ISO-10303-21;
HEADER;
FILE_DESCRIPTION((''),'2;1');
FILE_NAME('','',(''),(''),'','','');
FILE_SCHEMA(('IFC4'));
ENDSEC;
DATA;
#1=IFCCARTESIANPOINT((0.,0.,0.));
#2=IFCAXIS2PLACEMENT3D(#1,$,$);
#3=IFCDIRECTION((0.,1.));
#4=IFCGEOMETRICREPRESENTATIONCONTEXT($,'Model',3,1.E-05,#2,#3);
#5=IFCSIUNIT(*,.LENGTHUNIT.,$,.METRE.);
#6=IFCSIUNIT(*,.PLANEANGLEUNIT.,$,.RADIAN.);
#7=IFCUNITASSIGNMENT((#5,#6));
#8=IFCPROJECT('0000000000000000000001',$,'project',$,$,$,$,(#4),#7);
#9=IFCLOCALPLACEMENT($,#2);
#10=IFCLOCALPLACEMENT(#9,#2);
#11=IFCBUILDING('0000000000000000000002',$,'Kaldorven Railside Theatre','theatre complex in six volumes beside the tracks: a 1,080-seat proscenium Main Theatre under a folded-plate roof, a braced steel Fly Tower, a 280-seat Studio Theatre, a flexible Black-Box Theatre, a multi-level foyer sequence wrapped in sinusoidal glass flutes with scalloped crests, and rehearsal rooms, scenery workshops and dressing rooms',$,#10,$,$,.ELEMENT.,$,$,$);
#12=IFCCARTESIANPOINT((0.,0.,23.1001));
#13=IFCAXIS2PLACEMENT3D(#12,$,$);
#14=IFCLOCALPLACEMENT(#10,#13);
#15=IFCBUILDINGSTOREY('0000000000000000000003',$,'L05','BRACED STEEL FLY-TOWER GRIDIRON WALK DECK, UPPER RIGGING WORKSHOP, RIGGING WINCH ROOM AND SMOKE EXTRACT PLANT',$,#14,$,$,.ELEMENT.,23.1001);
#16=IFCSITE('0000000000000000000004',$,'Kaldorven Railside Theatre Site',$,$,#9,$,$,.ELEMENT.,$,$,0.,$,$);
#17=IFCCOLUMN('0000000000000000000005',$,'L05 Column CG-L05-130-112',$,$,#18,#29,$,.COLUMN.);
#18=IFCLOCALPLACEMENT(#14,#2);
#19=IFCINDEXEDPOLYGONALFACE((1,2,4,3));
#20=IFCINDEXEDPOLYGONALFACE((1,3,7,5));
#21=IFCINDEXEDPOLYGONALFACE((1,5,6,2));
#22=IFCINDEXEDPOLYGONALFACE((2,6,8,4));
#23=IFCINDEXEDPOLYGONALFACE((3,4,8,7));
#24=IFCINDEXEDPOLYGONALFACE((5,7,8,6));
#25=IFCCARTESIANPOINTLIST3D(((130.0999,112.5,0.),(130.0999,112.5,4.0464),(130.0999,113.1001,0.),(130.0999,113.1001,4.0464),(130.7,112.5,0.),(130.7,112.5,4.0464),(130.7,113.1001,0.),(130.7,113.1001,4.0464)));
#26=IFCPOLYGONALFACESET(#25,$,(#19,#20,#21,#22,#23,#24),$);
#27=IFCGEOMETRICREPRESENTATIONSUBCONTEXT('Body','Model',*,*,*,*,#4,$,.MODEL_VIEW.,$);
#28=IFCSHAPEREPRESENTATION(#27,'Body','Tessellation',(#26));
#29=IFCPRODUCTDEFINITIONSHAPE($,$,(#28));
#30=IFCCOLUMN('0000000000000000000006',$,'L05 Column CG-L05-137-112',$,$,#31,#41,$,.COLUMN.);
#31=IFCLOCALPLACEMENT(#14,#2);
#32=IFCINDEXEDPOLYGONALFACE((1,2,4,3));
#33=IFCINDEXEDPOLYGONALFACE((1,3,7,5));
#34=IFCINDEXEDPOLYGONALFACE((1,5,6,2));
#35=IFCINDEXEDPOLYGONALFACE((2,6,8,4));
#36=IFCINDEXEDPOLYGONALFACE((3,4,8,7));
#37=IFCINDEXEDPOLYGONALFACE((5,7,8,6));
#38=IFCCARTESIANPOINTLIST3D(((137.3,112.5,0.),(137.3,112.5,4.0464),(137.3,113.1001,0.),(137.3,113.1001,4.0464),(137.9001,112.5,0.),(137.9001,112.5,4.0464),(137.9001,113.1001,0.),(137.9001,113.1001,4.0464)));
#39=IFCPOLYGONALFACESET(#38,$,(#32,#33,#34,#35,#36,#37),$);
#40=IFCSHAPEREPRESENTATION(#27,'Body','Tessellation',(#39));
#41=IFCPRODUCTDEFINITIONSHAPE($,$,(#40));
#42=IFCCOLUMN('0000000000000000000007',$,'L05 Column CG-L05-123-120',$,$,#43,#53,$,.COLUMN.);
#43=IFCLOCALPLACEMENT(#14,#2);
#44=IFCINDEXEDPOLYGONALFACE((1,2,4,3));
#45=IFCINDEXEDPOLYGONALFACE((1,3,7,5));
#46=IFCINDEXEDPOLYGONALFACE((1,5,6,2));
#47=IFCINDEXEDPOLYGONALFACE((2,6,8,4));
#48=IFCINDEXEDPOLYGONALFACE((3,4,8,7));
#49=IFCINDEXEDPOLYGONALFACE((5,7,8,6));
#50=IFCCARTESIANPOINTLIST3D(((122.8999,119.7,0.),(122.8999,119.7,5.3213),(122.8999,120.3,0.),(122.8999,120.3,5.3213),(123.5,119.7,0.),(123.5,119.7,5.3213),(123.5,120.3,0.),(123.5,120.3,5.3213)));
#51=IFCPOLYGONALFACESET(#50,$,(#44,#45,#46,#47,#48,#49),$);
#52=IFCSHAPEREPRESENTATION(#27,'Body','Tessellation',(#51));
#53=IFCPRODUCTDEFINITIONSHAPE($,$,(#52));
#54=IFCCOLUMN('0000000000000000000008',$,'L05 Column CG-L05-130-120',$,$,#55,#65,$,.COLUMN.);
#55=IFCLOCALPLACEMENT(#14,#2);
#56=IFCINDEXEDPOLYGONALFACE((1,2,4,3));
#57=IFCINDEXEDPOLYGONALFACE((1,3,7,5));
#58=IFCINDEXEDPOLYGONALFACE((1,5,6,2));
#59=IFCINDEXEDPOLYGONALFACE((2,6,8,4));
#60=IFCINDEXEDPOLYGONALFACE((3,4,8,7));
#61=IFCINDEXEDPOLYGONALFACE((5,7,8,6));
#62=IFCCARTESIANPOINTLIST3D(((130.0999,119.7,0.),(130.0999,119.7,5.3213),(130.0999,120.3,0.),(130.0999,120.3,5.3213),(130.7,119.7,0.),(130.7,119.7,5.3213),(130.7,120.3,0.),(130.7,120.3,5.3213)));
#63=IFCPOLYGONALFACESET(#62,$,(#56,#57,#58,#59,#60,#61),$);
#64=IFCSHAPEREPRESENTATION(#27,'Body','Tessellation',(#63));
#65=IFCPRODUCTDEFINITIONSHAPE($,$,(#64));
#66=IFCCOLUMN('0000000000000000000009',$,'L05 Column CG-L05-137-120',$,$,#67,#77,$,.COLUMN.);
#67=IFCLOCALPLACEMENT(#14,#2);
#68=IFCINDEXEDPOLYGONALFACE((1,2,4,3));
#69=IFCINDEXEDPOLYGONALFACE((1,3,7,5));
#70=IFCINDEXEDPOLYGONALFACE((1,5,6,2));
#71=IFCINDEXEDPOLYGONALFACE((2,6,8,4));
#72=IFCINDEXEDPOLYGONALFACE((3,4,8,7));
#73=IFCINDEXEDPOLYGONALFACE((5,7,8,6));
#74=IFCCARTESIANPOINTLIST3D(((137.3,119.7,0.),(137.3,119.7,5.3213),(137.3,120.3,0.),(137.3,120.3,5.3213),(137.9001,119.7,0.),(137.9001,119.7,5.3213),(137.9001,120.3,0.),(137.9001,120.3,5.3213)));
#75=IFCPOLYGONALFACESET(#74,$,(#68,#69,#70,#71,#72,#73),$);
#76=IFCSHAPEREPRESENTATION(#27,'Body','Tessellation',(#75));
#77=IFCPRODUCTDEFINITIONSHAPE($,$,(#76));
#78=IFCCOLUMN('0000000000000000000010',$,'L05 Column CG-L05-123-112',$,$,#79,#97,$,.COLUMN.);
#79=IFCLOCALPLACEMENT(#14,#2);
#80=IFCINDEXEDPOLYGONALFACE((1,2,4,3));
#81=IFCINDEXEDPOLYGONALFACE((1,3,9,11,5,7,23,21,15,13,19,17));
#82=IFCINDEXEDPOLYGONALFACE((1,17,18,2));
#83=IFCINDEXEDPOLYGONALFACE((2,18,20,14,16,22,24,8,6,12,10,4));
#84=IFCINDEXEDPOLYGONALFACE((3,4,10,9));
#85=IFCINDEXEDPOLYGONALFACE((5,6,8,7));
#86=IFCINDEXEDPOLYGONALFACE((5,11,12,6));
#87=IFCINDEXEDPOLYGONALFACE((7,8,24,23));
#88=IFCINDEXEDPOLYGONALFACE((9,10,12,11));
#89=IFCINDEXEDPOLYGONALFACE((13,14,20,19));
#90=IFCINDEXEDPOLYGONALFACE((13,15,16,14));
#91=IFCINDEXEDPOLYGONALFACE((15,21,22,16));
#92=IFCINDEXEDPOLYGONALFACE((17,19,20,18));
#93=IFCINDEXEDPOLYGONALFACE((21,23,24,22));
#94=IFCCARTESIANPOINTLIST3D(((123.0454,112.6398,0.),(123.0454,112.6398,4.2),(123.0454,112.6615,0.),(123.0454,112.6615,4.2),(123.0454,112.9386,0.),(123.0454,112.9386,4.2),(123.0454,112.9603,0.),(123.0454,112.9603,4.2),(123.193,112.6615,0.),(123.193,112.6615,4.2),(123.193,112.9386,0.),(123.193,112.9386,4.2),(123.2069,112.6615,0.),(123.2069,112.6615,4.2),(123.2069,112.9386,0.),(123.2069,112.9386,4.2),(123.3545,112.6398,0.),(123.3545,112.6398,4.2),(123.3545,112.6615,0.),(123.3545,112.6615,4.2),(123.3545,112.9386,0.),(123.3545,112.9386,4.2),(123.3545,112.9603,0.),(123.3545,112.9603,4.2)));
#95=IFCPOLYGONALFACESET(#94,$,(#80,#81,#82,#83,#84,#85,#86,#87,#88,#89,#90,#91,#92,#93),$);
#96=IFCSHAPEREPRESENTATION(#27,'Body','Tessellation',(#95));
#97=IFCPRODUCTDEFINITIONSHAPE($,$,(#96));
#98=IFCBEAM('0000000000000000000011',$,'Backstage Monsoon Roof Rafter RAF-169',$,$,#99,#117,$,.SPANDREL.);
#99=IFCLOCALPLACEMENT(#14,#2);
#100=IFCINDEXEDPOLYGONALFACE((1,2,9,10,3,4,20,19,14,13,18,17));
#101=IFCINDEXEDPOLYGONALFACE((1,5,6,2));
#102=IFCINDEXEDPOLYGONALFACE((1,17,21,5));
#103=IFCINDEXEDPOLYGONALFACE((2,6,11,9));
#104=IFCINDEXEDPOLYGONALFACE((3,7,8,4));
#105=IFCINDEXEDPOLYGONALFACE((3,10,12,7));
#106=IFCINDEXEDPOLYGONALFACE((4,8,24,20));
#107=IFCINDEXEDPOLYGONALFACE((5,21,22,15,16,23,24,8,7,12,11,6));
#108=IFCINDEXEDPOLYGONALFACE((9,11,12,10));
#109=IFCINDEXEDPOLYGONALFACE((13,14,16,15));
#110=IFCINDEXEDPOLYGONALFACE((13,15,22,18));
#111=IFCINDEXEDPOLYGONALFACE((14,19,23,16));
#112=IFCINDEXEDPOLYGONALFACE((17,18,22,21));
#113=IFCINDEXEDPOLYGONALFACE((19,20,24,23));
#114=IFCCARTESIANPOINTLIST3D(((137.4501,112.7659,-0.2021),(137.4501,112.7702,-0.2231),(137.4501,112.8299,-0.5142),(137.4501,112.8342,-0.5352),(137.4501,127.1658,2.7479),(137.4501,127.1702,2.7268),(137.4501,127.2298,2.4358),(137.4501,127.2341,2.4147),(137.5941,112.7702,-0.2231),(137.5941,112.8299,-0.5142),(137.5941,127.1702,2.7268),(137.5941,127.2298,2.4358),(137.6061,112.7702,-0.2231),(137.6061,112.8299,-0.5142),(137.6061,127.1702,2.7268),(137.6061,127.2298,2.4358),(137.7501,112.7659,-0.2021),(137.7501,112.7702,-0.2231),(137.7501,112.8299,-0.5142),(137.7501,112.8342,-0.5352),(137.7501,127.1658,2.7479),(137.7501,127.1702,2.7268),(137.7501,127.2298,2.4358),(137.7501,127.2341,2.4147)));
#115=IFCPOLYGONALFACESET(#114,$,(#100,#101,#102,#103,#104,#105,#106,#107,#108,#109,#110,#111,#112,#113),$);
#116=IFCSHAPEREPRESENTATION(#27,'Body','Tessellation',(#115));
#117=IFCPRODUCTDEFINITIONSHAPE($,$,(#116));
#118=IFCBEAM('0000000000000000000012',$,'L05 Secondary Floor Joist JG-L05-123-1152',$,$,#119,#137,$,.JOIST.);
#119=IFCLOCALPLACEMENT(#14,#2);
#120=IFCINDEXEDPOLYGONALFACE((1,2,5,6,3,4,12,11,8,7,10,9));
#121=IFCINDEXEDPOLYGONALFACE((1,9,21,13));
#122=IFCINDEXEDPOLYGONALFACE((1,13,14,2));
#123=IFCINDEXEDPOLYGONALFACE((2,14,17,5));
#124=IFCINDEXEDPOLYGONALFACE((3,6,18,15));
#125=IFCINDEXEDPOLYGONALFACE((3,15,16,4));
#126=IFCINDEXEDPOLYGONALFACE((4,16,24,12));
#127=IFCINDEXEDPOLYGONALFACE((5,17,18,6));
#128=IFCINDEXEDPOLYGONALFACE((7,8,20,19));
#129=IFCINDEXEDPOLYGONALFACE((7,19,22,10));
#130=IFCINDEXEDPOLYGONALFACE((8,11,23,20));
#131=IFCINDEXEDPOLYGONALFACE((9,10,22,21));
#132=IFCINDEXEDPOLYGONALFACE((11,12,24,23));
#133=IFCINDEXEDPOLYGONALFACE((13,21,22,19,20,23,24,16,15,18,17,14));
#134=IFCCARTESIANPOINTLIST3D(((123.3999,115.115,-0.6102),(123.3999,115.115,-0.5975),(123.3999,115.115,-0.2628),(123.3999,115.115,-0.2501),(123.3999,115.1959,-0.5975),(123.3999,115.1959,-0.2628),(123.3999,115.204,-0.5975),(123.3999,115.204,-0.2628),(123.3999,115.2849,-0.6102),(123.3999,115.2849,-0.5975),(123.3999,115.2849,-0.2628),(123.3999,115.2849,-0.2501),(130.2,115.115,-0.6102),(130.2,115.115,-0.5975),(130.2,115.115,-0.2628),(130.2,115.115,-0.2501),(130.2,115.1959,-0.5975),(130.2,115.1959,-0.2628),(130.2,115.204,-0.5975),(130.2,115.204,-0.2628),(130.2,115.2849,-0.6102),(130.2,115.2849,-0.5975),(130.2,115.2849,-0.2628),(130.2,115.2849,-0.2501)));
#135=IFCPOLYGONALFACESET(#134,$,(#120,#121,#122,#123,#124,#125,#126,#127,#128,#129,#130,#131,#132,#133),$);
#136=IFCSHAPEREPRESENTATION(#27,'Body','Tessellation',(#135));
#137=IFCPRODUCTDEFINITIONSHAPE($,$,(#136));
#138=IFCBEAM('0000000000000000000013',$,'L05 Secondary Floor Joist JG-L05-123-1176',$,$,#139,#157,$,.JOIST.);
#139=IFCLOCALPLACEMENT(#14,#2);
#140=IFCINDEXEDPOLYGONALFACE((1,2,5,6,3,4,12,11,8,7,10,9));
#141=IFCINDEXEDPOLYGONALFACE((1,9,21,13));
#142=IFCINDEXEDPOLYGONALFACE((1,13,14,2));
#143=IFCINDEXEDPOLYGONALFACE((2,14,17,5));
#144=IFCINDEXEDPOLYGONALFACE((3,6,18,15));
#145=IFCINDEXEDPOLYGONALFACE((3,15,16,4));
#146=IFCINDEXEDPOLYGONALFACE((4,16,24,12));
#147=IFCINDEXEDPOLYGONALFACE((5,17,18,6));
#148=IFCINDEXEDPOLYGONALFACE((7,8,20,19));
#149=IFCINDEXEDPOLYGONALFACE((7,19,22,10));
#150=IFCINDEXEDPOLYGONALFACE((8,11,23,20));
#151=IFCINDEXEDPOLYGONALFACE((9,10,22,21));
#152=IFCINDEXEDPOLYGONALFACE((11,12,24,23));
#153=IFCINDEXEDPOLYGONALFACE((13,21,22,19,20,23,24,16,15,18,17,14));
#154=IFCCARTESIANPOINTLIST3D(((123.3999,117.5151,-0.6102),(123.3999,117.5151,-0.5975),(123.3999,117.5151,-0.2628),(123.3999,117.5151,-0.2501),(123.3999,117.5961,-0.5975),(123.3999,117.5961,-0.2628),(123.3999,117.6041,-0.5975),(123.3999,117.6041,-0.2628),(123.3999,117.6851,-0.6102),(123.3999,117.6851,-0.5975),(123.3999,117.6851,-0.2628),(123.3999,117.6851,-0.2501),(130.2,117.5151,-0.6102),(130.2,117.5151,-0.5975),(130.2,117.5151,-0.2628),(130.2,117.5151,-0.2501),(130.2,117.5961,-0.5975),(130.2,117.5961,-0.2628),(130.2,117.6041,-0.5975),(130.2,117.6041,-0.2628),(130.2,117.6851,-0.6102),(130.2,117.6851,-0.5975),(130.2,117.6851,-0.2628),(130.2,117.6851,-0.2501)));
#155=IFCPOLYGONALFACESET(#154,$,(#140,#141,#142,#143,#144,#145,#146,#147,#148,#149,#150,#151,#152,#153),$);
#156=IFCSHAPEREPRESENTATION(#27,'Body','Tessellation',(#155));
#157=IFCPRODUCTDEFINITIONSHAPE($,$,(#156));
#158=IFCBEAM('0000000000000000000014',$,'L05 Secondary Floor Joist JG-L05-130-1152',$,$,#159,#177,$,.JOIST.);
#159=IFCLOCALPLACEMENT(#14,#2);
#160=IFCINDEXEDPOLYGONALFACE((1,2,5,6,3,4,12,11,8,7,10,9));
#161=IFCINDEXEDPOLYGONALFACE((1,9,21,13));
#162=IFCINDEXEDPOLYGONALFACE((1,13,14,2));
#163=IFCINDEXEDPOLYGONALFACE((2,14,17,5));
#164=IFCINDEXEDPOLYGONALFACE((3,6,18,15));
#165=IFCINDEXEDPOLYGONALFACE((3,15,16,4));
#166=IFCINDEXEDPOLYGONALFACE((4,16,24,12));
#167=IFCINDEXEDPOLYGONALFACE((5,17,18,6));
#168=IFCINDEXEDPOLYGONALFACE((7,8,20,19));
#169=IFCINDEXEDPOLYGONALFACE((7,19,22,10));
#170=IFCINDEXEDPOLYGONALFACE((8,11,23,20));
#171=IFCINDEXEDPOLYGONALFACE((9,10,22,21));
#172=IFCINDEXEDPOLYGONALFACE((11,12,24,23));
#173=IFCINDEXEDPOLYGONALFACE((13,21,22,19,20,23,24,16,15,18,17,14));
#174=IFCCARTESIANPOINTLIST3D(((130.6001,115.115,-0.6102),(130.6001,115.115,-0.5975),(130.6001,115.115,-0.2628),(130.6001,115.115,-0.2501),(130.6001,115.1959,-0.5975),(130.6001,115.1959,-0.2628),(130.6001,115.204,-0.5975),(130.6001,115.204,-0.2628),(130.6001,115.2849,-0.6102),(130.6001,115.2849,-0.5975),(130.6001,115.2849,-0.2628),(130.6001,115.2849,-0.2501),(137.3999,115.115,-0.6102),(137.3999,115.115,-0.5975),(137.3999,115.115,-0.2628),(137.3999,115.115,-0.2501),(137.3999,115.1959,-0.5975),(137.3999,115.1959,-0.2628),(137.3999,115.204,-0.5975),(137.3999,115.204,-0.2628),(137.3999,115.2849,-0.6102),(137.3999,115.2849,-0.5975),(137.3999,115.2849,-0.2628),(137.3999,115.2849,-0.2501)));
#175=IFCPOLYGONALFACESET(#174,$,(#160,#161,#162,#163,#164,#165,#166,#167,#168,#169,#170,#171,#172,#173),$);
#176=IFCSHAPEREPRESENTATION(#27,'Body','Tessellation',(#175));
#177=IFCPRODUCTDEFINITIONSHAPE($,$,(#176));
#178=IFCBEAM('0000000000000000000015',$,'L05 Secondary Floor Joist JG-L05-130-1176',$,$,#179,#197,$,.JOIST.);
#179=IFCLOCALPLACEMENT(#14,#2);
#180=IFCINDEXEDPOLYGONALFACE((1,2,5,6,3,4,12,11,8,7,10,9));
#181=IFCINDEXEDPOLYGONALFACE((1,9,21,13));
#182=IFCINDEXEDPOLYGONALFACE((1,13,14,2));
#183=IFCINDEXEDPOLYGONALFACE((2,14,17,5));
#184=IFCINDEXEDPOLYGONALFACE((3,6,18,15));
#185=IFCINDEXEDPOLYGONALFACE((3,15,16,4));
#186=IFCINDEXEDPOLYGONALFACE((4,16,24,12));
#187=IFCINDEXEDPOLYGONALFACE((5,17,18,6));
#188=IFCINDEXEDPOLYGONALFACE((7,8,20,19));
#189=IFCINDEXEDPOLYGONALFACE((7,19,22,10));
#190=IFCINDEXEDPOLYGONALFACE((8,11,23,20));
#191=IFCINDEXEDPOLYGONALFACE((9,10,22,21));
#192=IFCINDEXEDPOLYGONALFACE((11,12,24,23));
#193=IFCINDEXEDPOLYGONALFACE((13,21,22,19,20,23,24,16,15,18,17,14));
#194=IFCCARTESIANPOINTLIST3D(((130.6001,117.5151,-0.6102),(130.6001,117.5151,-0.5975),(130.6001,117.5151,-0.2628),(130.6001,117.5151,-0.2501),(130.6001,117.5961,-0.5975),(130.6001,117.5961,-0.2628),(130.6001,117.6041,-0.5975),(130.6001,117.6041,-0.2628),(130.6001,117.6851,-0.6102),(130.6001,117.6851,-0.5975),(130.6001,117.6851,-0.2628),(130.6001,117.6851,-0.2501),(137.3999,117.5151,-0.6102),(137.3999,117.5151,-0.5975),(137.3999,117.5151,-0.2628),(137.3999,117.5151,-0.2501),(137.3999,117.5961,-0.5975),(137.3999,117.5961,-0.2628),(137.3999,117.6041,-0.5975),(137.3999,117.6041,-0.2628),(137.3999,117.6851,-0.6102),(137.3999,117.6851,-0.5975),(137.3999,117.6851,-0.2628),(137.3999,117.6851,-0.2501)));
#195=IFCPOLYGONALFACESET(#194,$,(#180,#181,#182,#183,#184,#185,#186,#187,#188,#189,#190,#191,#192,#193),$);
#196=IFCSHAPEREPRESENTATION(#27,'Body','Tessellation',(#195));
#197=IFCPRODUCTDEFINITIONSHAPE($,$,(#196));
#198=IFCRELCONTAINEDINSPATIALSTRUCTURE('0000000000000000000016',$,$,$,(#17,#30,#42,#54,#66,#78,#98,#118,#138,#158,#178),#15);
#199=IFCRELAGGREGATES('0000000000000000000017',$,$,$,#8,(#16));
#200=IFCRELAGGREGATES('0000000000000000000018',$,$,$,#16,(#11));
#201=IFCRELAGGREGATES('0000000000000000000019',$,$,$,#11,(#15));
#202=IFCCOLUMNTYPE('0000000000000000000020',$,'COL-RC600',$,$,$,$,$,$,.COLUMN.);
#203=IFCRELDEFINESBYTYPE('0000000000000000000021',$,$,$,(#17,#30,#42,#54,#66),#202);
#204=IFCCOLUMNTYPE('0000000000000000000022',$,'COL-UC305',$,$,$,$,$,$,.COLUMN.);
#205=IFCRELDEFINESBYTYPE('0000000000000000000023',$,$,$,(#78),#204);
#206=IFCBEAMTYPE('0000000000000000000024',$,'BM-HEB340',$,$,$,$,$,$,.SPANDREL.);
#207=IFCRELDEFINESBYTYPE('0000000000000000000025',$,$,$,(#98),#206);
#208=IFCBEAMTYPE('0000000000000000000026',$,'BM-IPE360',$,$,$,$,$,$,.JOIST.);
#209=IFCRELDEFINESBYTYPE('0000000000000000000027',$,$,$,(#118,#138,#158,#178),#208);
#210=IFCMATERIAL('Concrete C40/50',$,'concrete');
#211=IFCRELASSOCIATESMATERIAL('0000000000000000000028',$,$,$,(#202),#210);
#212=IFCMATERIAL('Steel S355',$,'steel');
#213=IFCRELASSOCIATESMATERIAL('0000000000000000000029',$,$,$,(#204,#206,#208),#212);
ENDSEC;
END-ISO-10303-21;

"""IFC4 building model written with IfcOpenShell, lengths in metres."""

from ifc_helpers import new_model, si_unit, direction, frame, origin, origin_2d, place, context, subcontext, project, spatial, rectangle, i_section, extrude, material, material_profile, profile_set, type_object, element, save


model = new_model("IFC4")

# Units and contexts
model_context = context("Model", 3, precision=1e-05, world=origin(), true_north=direction((0.0, 1.0)))
body_context = subcontext(model_context, "Body", "Model", "MODEL_VIEW")
ifc_project = project(units=[si_unit("LENGTHUNIT", "METRE"), si_unit("PLANEANGLEUNIT", "RADIAN")], contexts=[model_context])

# Site, building, storey
site_placement = place(None, origin())
site = spatial("IfcSite", under=ifc_project, at=site_placement, Name="Kaldorven Railside Theatre Site", CompositionType="ELEMENT", RefElevation=0.0)
building_placement = place(site_placement, origin())
building = spatial("IfcBuilding", under=site, at=building_placement, Name="Kaldorven Railside Theatre", Description="theatre complex in six volumes beside the tracks: a 1,080-seat proscenium Main Theatre under a folded-plate roof, a braced steel Fly Tower, a 280-seat Studio Theatre, a flexible Black-Box Theatre, a multi-level foyer sequence wrapped in sinusoidal glass flutes with scalloped crests, and rehearsal rooms, scenery workshops and dressing rooms", CompositionType="ELEMENT")
storey_placement = place(building_placement, frame((0.0, 0.0, 23.1001)))
storey = spatial("IfcBuildingStorey", under=building, at=storey_placement, Name="L05", Description="BRACED STEEL FLY-TOWER GRIDIRON WALK DECK, UPPER RIGGING WORKSHOP, RIGGING WINCH ROOM AND SMOKE EXTRACT PLANT", CompositionType="ELEMENT", Elevation=23.1001)

# Columns
ifc_material_1 = material(Name="Concrete C40/50", Category="concrete")
ifc_material_profile_1 = material_profile(ifc_material_1, rectangle(XDim=0.6001, YDim=0.6001, at=origin_2d()), Name="RC 600x600")
ifc_profile_set_1 = profile_set([ifc_material_profile_1], Name="Concrete C40/50")
column_type_1 = type_object("IfcColumnType", Name="COL-RC600", PredefinedType="COLUMN", material=ifc_profile_set_1)
for number, where, z_axis, x_axis, name in (
    (1, (130.3999, 112.8, 0.0), (0.0, 0.0, 1.0), (0.0, 1.0, 0.0), "L05 Column CG-L05-130-112"),
    (2, (137.6001, 112.8, 0.0), (0.0, 0.0, 1.0), (1.0, 0.0, 0.0), "L05 Column CG-L05-137-112"),
):
    element("IfcColumn", number, at=place(storey_placement, frame(where, z_axis=z_axis, x_axis=x_axis)), inside=storey, type_object=column_type_1, Name=name, PredefinedType="COLUMN", context=body_context, shape_type="SweptSolid", body=[
        extrude(rectangle(XDim=0.6001, YDim=0.6001, at=origin_2d()), origin(), (0.0, 0.0, 1.0), 4.0464),
    ])
for number, where, z_axis, x_axis, name in (
    (3, (123.2, 120.0, 0.0), (0.0, 0.0, 1.0), (0.0, 1.0, 0.0), "L05 Column CG-L05-123-120"),
    (4, (130.3999, 120.0, 0.0), (0.0, 0.0, 1.0), (1.0, 0.0, 0.0), "L05 Column CG-L05-130-120"),
    (5, (137.6001, 120.0, 0.0), (0.0, 0.0, 1.0), (0.0, 1.0, 0.0), "L05 Column CG-L05-137-120"),
):
    element("IfcColumn", number, at=place(storey_placement, frame(where, z_axis=z_axis, x_axis=x_axis)), inside=storey, type_object=column_type_1, Name=name, PredefinedType="COLUMN", context=body_context, shape_type="SweptSolid", body=[
        extrude(rectangle(XDim=0.6001, YDim=0.6001, at=origin_2d()), origin(), (0.0, 0.0, 1.0), 5.3213),
    ])
ifc_material_2 = material(Name="Steel S355", Category="steel")
ifc_material_profile_2 = material_profile(ifc_material_2, i_section(OverallWidth=0.3091, OverallDepth=0.3206, WebThickness=0.0139, FlangeThickness=0.0217, at=origin_2d()), Name="UC 305x305x137")
ifc_profile_set_2 = profile_set([ifc_material_profile_2], Name="Steel S355")
column_type_2 = type_object("IfcColumnType", Name="COL-UC305", PredefinedType="COLUMN", material=ifc_profile_set_2)
column_placement = place(storey_placement, frame((123.2, 112.8, 0.0), z_axis=(0.0, 0.0, 1.0), x_axis=(1.0, 0.0, 0.0)))
element("IfcColumn", 6, at=column_placement, inside=storey, type_object=column_type_2, Name="L05 Column CG-L05-123-112", PredefinedType="COLUMN", context=body_context, shape_type="SweptSolid", body=[
    extrude(i_section(OverallWidth=0.3091, OverallDepth=0.3206, WebThickness=0.0139, FlangeThickness=0.0217, at=origin_2d()), origin(), (0.0, 0.0, 1.0), 4.2),
])

# Beams
ifc_material_profile_3 = material_profile(ifc_material_2, i_section(OverallWidth=0.3, OverallDepth=0.3401, WebThickness=0.012, FlangeThickness=0.0215, at=origin_2d()), Name="HEB 340")
ifc_profile_set_3 = profile_set([ifc_material_profile_3], Name="Steel S355")
beam_type_1 = type_object("IfcBeamType", Name="BM-HEB340", PredefinedType="SPANDREL", material=ifc_profile_set_3)
beam_1_placement = place(storey_placement, frame((137.6001, 112.8, -0.3687), z_axis=(0.0, 0.979655, 0.200691), x_axis=(-1.0, 0.0, 0.0)))
element("IfcBeam", 7, at=beam_1_placement, inside=storey, type_object=beam_type_1, Name="Backstage Monsoon Roof Rafter RAF-169", PredefinedType="SPANDREL", context=body_context, shape_type="SweptSolid", body=[
    extrude(i_section(OverallWidth=0.3, OverallDepth=0.3401, WebThickness=0.012, FlangeThickness=0.0215, at=origin_2d()), origin(), (0.0, 0.0, 1.0), 14.699),
])
ifc_material_profile_4 = material_profile(ifc_material_2, i_section(OverallWidth=0.1699, OverallDepth=0.3601, WebThickness=0.0081, FlangeThickness=0.0127, at=origin_2d()), Name="IPE 360")
ifc_profile_set_4 = profile_set([ifc_material_profile_4], Name="Steel S355")
beam_type_2 = type_object("IfcBeamType", Name="BM-IPE360", PredefinedType="JOIST", material=ifc_profile_set_4)
for number, where, z_axis, x_axis, name in (
    (8, (123.3999, 115.2, -0.4302), (1.0, 0.0, 0.0), (0.0, 1.0, 0.0), "L05 Secondary Floor Joist JG-L05-123-1152"),
    (9, (123.3999, 117.6001, -0.4302), (1.0, 0.0, 0.0), (0.0, 1.0, 0.0), "L05 Secondary Floor Joist JG-L05-123-1176"),
):
    element("IfcBeam", number, at=place(storey_placement, frame(where, z_axis=z_axis, x_axis=x_axis)), inside=storey, type_object=beam_type_2, Name=name, PredefinedType="JOIST", context=body_context, shape_type="SweptSolid", body=[
        extrude(i_section(OverallWidth=0.1699, OverallDepth=0.3601, WebThickness=0.0081, FlangeThickness=0.0127, at=origin_2d()), origin(), (0.0, 0.0, 1.0), 6.8),
    ])
for number, where, z_axis, x_axis, name in (
    (10, (130.6001, 115.2, -0.4302), (1.0, 0.0, 0.0), (0.0, 1.0, 0.0), "L05 Secondary Floor Joist JG-L05-130-1152"),
    (11, (130.6001, 117.6001, -0.4302), (1.0, 0.0, 0.0), (0.0, 1.0, 0.0), "L05 Secondary Floor Joist JG-L05-130-1176"),
):
    element("IfcBeam", number, at=place(storey_placement, frame(where, z_axis=z_axis, x_axis=x_axis)), inside=storey, type_object=beam_type_2, Name=name, PredefinedType="JOIST", context=body_context, shape_type="SweptSolid", body=[
        extrude(i_section(OverallWidth=0.1699, OverallDepth=0.3601, WebThickness=0.0081, FlangeThickness=0.0127, at=origin_2d()), origin(), (0.0, 0.0, 1.0), 6.7998),
    ])

save(model, "model.ifc")
